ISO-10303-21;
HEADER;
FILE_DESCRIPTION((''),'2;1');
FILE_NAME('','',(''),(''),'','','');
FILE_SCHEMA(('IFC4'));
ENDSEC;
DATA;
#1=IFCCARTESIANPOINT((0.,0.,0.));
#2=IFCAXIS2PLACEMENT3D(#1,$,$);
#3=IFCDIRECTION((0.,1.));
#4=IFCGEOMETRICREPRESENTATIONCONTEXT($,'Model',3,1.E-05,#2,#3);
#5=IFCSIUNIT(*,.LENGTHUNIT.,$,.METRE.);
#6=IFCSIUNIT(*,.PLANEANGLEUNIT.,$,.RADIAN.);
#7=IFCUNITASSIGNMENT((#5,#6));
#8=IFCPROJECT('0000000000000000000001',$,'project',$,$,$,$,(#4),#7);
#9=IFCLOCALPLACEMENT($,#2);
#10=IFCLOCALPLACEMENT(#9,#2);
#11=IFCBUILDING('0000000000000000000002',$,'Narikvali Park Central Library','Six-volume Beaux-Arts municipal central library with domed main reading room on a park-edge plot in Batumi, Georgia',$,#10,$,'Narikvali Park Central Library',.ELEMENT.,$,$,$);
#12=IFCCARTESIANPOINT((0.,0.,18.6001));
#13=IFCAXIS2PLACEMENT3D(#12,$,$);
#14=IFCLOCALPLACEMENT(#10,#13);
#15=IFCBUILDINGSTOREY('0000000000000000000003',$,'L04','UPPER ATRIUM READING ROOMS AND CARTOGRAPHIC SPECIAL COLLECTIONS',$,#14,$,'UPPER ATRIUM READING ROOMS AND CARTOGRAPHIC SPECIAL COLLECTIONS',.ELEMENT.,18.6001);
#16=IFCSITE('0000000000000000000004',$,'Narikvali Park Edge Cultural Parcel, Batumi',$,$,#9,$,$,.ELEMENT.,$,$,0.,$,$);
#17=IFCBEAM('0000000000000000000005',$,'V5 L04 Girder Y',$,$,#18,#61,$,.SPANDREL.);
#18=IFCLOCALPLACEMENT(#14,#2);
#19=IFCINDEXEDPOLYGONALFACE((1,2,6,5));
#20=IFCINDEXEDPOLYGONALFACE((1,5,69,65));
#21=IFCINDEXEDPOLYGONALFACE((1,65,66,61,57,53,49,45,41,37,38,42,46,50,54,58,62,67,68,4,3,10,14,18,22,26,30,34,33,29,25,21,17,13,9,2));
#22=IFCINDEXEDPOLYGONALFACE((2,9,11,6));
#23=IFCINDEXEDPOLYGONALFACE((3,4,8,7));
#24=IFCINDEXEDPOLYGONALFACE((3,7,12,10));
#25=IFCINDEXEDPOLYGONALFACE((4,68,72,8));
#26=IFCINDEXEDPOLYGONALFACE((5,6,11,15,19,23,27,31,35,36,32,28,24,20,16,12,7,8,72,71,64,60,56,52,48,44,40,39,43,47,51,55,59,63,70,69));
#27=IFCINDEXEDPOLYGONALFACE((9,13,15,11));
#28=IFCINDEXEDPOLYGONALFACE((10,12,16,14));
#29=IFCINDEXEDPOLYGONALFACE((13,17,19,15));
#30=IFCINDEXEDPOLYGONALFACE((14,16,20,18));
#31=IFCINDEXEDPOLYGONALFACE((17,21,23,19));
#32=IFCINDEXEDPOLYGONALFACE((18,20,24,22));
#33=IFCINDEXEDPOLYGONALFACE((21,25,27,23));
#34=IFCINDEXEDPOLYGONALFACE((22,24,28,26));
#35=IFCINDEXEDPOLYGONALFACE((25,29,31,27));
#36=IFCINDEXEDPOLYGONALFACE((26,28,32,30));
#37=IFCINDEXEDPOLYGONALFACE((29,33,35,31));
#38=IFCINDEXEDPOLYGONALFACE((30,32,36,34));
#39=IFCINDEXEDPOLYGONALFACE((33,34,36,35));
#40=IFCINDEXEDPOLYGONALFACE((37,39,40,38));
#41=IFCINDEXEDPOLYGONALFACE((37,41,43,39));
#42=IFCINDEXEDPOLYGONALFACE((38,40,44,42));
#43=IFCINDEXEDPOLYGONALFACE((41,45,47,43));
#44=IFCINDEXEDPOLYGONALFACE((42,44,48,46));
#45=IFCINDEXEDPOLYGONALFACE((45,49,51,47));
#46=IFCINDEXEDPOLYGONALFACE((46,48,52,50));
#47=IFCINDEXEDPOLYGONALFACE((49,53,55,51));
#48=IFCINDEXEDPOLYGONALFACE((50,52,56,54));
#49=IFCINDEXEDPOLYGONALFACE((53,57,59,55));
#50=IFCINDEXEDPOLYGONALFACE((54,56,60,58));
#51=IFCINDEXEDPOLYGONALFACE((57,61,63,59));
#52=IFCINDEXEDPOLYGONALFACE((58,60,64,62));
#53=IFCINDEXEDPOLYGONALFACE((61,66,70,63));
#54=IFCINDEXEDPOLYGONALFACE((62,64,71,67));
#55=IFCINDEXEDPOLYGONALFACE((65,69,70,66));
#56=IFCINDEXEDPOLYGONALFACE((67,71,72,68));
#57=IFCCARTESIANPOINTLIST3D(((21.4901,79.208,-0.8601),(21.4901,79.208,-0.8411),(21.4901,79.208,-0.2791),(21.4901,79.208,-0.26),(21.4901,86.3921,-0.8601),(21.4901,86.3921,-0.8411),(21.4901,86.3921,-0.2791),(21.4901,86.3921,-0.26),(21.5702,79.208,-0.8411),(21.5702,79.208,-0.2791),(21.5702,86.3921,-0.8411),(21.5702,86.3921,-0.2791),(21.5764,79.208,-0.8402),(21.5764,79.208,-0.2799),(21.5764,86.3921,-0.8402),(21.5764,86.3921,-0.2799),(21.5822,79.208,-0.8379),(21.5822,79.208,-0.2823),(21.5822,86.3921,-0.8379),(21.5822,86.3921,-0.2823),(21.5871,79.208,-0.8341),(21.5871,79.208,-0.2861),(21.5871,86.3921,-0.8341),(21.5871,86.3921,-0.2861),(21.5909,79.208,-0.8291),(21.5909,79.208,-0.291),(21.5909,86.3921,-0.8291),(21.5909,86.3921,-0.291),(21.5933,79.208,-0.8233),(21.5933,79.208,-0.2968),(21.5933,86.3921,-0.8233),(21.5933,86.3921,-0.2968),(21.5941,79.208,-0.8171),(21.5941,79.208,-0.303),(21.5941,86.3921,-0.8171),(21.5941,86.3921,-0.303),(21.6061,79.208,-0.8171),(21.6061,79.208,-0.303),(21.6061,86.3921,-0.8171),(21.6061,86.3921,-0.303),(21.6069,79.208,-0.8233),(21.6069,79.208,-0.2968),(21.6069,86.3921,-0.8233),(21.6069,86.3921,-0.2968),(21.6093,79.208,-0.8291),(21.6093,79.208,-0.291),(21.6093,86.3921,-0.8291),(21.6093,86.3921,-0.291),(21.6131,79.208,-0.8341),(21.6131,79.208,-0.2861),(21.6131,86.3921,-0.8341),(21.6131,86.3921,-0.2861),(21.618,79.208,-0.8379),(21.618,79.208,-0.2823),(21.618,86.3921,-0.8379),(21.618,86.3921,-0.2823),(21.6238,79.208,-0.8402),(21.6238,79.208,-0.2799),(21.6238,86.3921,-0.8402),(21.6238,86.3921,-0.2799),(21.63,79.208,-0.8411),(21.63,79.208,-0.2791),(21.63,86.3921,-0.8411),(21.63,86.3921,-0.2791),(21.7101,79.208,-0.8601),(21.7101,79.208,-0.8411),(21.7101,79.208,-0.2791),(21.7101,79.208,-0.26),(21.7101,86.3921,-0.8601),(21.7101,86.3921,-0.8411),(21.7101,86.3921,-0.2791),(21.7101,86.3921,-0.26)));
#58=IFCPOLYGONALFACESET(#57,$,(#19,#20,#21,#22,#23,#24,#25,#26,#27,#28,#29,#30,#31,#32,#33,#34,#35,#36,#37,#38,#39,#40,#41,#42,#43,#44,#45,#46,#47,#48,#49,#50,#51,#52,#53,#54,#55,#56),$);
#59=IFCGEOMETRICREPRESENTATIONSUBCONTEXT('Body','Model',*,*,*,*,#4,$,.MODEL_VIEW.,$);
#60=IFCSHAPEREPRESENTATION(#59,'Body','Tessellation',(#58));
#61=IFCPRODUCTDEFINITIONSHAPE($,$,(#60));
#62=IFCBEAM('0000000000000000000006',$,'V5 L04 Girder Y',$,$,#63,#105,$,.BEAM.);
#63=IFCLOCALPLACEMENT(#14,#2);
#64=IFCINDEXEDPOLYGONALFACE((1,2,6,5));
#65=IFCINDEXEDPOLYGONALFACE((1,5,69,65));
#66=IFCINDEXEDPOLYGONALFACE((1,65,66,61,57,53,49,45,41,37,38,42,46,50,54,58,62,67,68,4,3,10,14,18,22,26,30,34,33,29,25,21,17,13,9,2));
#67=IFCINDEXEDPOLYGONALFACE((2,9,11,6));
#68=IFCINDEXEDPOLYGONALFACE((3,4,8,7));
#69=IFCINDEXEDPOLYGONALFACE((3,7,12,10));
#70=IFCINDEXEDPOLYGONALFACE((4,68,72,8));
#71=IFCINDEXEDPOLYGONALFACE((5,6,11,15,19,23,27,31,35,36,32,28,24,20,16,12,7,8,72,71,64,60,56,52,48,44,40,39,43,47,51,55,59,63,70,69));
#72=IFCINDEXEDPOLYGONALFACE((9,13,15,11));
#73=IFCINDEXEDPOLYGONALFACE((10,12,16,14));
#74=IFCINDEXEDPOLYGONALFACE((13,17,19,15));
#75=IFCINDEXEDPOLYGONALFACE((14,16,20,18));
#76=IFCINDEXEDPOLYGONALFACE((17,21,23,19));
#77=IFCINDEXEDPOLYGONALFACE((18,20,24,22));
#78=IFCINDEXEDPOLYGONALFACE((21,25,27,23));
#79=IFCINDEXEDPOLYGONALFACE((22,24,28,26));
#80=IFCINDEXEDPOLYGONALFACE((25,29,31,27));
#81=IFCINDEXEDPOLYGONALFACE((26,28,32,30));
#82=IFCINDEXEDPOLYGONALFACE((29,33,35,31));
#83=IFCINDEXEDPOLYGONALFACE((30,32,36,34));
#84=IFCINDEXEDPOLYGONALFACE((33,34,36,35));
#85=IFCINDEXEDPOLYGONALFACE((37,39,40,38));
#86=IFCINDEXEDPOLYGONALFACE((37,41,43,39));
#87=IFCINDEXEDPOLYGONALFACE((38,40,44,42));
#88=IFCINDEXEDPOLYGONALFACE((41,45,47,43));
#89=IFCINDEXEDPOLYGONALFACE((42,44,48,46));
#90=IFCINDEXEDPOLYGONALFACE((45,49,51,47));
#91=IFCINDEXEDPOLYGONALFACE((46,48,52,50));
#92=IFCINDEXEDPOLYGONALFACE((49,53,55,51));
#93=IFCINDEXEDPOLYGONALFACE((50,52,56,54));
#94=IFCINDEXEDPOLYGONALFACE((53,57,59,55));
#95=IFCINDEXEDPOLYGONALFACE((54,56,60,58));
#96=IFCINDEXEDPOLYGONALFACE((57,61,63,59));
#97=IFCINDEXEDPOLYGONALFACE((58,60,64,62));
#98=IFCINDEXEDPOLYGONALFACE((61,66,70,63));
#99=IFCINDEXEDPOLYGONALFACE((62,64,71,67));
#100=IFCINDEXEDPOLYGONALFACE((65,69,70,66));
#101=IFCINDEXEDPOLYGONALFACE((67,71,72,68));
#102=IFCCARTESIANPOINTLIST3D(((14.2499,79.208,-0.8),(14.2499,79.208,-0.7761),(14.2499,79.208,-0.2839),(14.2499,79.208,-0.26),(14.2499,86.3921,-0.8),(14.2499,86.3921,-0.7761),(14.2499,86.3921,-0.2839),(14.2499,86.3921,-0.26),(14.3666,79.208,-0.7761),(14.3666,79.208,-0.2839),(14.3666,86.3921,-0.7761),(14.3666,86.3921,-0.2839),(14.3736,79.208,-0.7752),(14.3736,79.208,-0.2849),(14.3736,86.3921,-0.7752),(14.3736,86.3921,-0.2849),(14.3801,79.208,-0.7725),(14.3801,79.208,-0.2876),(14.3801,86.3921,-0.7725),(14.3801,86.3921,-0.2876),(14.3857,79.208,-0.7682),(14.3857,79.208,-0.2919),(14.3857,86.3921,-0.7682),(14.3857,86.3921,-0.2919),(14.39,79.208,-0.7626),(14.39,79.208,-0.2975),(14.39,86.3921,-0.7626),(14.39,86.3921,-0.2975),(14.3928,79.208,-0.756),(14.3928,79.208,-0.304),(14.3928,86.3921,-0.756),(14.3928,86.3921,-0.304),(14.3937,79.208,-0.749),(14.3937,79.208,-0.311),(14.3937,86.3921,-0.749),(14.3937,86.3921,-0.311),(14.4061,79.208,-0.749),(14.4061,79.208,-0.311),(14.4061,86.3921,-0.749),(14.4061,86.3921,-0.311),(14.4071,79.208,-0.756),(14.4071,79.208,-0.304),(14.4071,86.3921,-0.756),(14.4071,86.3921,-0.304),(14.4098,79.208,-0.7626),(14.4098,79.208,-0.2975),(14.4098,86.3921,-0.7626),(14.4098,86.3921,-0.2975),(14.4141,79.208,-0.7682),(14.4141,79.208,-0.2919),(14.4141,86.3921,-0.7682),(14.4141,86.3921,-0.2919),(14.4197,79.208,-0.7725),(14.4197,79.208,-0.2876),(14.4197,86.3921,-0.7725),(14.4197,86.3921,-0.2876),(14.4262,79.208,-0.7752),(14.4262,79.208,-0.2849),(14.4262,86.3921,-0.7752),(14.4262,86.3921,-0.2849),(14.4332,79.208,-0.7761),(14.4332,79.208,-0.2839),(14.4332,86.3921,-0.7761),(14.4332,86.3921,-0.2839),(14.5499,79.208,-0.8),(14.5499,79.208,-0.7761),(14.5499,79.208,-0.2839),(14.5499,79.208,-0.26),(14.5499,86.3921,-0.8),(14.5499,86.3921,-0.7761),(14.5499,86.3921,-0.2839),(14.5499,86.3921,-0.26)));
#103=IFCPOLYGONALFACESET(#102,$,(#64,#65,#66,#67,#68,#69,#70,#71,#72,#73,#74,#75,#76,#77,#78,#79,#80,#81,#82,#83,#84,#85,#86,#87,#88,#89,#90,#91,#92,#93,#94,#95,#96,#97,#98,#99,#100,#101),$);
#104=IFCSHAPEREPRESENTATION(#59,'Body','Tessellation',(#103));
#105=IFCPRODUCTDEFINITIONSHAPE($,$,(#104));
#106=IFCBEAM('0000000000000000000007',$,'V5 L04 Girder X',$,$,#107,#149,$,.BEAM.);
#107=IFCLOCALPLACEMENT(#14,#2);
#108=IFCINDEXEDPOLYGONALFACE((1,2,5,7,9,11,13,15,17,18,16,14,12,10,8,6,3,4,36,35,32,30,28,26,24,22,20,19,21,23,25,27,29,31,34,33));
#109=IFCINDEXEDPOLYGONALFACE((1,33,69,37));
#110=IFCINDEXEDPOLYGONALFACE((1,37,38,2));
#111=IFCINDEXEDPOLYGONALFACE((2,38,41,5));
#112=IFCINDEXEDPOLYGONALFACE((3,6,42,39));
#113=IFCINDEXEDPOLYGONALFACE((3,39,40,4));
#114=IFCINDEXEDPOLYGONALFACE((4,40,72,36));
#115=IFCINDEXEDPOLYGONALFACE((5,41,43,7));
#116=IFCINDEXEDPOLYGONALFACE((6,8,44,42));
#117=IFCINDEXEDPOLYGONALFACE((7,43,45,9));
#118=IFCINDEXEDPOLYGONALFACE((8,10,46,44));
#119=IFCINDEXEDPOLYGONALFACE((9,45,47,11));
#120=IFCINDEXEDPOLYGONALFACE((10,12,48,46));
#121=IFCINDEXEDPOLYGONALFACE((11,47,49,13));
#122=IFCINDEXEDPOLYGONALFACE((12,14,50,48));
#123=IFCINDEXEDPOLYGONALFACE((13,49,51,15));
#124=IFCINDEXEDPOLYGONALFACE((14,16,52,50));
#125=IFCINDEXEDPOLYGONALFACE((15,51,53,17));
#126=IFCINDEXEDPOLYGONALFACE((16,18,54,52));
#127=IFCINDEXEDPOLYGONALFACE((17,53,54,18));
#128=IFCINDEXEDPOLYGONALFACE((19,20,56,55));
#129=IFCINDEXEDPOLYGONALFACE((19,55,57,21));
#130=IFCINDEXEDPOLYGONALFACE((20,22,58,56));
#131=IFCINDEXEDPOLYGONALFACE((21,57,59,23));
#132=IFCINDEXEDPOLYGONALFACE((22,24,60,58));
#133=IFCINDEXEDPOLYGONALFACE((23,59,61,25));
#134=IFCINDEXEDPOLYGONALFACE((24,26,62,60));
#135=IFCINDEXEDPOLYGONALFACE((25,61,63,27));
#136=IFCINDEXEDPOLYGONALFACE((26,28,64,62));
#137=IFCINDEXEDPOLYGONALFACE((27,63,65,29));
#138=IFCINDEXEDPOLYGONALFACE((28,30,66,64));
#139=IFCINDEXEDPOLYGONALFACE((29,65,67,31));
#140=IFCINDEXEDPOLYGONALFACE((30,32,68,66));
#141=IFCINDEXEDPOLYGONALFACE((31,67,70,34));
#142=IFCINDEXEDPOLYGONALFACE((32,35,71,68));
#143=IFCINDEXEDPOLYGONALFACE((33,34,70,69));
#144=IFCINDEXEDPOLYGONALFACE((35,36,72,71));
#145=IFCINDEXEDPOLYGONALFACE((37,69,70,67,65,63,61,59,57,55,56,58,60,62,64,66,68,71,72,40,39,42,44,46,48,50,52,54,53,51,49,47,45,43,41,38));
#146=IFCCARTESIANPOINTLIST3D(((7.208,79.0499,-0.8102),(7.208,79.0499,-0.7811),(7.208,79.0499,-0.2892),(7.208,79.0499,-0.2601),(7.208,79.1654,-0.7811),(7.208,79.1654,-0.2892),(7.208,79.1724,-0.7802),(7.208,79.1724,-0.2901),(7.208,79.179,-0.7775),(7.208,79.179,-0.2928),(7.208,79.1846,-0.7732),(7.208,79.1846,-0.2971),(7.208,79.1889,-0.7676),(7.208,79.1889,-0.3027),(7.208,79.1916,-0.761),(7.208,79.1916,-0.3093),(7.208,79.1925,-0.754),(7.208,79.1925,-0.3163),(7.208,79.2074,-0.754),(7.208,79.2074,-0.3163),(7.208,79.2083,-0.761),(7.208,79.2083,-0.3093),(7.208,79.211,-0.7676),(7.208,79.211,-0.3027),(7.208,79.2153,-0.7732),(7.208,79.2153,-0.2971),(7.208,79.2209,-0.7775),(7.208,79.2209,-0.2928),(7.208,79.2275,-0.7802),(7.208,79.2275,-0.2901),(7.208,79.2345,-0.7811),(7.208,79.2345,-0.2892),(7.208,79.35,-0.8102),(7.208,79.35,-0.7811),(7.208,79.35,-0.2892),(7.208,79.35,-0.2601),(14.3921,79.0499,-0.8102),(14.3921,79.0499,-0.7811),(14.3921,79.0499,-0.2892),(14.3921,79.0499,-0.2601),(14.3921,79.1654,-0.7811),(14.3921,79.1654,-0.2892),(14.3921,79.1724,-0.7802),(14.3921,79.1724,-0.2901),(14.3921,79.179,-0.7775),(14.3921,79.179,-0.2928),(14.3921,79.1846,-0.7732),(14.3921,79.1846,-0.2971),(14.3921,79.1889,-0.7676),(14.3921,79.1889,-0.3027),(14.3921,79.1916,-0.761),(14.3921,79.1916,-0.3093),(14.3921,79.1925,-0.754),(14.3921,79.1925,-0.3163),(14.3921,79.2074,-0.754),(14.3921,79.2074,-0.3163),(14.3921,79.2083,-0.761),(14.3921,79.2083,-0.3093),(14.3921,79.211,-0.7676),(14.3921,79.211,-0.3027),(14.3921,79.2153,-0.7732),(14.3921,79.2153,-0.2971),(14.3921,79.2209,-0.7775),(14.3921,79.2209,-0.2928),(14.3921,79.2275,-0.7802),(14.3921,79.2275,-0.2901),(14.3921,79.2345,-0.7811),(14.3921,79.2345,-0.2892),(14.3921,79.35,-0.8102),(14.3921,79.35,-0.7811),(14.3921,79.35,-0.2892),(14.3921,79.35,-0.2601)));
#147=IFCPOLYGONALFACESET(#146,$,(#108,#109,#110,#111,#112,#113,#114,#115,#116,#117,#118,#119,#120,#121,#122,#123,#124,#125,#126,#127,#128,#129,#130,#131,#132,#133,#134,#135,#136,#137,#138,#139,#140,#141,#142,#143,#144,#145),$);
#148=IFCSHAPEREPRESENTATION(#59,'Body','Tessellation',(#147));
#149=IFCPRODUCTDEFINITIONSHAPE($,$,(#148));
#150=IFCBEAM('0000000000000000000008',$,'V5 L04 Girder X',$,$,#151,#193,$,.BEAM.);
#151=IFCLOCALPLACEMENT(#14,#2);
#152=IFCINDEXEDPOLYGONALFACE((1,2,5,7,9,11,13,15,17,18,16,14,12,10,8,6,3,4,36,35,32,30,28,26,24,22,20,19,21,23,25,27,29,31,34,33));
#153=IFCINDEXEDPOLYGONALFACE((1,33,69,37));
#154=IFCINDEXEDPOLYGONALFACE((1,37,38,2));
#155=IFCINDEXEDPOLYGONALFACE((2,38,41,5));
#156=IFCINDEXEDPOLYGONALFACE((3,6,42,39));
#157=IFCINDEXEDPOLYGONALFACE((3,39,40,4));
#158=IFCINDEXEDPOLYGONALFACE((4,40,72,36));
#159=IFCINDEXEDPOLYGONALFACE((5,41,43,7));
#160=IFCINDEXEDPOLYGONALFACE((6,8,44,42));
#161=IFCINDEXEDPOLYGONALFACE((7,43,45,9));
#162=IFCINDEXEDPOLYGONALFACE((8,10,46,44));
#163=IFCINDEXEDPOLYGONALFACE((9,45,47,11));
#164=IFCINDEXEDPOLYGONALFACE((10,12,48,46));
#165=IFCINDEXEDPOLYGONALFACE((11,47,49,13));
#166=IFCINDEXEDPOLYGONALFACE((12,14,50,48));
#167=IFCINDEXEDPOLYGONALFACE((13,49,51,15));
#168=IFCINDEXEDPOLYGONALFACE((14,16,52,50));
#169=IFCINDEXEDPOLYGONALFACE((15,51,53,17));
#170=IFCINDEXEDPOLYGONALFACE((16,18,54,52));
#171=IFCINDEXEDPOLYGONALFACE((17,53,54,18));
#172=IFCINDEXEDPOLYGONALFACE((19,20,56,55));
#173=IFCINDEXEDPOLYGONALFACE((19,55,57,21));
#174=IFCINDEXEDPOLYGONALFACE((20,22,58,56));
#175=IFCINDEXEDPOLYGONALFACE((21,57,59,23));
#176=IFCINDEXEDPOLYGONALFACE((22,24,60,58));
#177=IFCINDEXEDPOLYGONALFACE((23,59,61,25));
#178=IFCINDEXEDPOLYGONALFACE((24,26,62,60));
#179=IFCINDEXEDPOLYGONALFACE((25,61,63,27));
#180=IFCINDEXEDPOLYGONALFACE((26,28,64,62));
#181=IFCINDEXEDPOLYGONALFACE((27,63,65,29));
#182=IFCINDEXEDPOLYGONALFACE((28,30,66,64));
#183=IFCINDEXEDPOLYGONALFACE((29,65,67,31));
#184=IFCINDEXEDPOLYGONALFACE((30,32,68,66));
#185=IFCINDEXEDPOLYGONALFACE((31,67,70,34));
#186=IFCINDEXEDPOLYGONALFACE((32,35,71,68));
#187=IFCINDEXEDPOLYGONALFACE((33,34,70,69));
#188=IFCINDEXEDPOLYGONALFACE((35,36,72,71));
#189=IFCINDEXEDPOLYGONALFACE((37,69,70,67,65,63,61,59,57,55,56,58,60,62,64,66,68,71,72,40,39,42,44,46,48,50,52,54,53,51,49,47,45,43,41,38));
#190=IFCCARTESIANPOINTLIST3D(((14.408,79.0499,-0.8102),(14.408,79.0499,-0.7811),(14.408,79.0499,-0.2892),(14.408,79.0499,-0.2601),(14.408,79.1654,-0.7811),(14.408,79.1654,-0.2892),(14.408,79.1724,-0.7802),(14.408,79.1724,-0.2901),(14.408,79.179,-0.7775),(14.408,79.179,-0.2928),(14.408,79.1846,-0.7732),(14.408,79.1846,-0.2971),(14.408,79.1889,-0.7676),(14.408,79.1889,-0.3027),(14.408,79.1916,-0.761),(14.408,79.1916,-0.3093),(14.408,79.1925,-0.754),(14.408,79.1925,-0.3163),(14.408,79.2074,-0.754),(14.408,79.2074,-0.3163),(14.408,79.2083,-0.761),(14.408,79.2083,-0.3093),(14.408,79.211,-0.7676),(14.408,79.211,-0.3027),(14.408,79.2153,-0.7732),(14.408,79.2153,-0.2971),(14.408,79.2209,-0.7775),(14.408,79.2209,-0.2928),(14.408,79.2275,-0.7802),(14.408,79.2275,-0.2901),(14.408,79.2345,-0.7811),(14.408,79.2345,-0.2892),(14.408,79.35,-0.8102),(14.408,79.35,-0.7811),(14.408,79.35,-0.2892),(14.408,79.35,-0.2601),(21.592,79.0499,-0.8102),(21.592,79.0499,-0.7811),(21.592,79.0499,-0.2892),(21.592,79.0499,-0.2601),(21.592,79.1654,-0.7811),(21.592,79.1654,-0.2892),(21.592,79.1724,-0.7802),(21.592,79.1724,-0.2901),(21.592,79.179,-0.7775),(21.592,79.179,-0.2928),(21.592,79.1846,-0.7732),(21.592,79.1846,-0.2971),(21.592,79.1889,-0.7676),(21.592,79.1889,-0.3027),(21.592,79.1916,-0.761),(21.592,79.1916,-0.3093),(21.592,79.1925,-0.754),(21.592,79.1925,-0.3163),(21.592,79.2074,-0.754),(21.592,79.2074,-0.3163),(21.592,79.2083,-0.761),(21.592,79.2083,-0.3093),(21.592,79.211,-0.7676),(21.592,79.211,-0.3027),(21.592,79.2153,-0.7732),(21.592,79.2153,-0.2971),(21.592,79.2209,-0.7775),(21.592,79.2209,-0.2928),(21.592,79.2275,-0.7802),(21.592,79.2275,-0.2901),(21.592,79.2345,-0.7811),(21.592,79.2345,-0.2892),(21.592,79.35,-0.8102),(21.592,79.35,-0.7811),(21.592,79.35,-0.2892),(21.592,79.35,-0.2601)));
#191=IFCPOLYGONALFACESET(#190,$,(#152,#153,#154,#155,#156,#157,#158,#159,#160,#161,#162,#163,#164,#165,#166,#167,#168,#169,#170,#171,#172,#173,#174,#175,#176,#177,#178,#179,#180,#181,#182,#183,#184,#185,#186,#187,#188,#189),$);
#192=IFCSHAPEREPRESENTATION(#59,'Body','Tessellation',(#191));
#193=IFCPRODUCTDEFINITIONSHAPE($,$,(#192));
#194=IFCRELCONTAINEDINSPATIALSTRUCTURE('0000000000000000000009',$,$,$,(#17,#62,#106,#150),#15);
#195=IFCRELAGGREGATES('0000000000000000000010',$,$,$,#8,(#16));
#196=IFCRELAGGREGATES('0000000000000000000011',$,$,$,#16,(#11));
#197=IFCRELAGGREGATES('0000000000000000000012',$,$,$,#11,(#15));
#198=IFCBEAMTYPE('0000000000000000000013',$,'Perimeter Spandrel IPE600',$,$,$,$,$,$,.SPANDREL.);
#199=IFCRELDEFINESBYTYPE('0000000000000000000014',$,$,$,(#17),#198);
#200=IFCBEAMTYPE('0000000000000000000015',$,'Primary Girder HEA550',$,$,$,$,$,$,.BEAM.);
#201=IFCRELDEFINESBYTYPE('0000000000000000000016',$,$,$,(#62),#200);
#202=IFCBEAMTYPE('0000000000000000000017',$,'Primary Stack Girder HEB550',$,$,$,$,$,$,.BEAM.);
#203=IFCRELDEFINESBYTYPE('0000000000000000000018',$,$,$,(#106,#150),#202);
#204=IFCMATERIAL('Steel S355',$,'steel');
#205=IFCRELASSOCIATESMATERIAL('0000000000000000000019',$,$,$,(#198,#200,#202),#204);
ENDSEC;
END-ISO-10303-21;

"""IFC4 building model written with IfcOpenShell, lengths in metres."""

from ifc_helpers import new_model, si_unit, direction, frame, origin, origin_2d, place, context, subcontext, project, spatial, i_section, extrude, material, material_profile, profile_set, type_object, element, save


model = new_model("IFC4")

# Units and contexts
model_context = context("Model", 3, precision=1e-05, world=origin(), true_north=direction((0.0, 1.0)))
body_context = subcontext(model_context, "Body", "Model", "MODEL_VIEW")
ifc_project = project(units=[si_unit("LENGTHUNIT", "METRE"), si_unit("PLANEANGLEUNIT", "RADIAN")], contexts=[model_context])

# Site, building, storey
site_placement = place(None, origin())
site = spatial("IfcSite", under=ifc_project, at=site_placement, Name="Narikvali Park Edge Cultural Parcel, Batumi", CompositionType="ELEMENT", RefElevation=0.0)
building_placement = place(site_placement, origin())
building = spatial("IfcBuilding", under=site, at=building_placement, Name="Narikvali Park Central Library", Description="Six-volume Beaux-Arts municipal central library with domed main reading room on a park-edge plot in Batumi, Georgia", LongName="Narikvali Park Central Library", CompositionType="ELEMENT")
storey_placement = place(building_placement, frame((0.0, 0.0, 18.6001)))
storey = spatial("IfcBuildingStorey", under=building, at=storey_placement, Name="L04", Description="UPPER ATRIUM READING ROOMS AND CARTOGRAPHIC SPECIAL COLLECTIONS", LongName="UPPER ATRIUM READING ROOMS AND CARTOGRAPHIC SPECIAL COLLECTIONS", CompositionType="ELEMENT", Elevation=18.6001)

# Shared definitions
ifc_material_1 = material(Name="Steel S355", Category="steel")

# Beams
ifc_material_profile_1 = material_profile(ifc_material_1, i_section(OverallWidth=0.22, OverallDepth=0.6001, WebThickness=0.012, FlangeThickness=0.019, FilletRadius=0.0239, at=origin_2d()), Name="IPE 600")
ifc_profile_set_1 = profile_set([ifc_material_profile_1], Name="Steel S355")
beam_type_1 = type_object("IfcBeamType", Name="Perimeter Spandrel IPE600", PredefinedType="SPANDREL", material=ifc_profile_set_1)
beam_1_placement = place(storey_placement, frame((21.6001, 79.208, -0.5601), z_axis=(0.0, 1.0, 0.0), x_axis=(-1.0, 0.0, 0.0)))
element("IfcBeam", 1, at=beam_1_placement, inside=storey, type_object=beam_type_1, Name="V5 L04 Girder Y", PredefinedType="SPANDREL", context=body_context, shape_type="SweptSolid", body=[
    extrude(i_section(OverallWidth=0.22, OverallDepth=0.6001, WebThickness=0.012, FlangeThickness=0.019, FilletRadius=0.0239, at=origin_2d()), origin(), (0.0, 0.0, 1.0), 7.1841),
])
ifc_material_profile_2 = material_profile(ifc_material_1, i_section(OverallWidth=0.3, OverallDepth=0.54, WebThickness=0.0125, FlangeThickness=0.0239, FilletRadius=0.0271, at=origin_2d()), Name="HEA 550")
ifc_profile_set_2 = profile_set([ifc_material_profile_2], Name="Steel S355")
beam_type_2 = type_object("IfcBeamType", Name="Primary Girder HEA550", PredefinedType="BEAM", material=ifc_profile_set_2)
beam_2_placement = place(storey_placement, frame((14.3999, 79.208, -0.53), z_axis=(0.0, 1.0, 0.0), x_axis=(-1.0, 0.0, 0.0)))
element("IfcBeam", 2, at=beam_2_placement, inside=storey, type_object=beam_type_2, Name="V5 L04 Girder Y", PredefinedType="BEAM", context=body_context, shape_type="SweptSolid", body=[
    extrude(i_section(OverallWidth=0.3, OverallDepth=0.54, WebThickness=0.0125, FlangeThickness=0.0239, FilletRadius=0.0271, at=origin_2d()), origin(), (0.0, 0.0, 1.0), 7.1841),
])
ifc_material_profile_3 = material_profile(ifc_material_1, i_section(OverallWidth=0.3, OverallDepth=0.55, WebThickness=0.0149, FlangeThickness=0.0291, FilletRadius=0.0271, at=origin_2d()), Name="HEB 550")
ifc_profile_set_3 = profile_set([ifc_material_profile_3], Name="Steel S355")
beam_type_3 = type_object("IfcBeamType", Name="Primary Stack Girder HEB550", PredefinedType="BEAM", material=ifc_profile_set_3)
for number, where, z_axis, x_axis, name in (
    (3, (7.208, 79.2, -0.5352), (1.0, 0.0, 0.0), (0.0, 1.0, 0.0), "V5 L04 Girder X"),
    (4, (14.408, 79.2, -0.5352), (1.0, 0.0, 0.0), (0.0, 1.0, 0.0), "V5 L04 Girder X"),
):
    element("IfcBeam", number, at=place(storey_placement, frame(where, z_axis=z_axis, x_axis=x_axis)), inside=storey, type_object=beam_type_3, Name=name, PredefinedType="BEAM", context=body_context, shape_type="SweptSolid", body=[
        extrude(i_section(OverallWidth=0.3, OverallDepth=0.55, WebThickness=0.0149, FlangeThickness=0.0291, FilletRadius=0.0271, at=origin_2d()), origin(), (0.0, 0.0, 1.0), 7.1841),
    ])

save(model, "model.ifc")
